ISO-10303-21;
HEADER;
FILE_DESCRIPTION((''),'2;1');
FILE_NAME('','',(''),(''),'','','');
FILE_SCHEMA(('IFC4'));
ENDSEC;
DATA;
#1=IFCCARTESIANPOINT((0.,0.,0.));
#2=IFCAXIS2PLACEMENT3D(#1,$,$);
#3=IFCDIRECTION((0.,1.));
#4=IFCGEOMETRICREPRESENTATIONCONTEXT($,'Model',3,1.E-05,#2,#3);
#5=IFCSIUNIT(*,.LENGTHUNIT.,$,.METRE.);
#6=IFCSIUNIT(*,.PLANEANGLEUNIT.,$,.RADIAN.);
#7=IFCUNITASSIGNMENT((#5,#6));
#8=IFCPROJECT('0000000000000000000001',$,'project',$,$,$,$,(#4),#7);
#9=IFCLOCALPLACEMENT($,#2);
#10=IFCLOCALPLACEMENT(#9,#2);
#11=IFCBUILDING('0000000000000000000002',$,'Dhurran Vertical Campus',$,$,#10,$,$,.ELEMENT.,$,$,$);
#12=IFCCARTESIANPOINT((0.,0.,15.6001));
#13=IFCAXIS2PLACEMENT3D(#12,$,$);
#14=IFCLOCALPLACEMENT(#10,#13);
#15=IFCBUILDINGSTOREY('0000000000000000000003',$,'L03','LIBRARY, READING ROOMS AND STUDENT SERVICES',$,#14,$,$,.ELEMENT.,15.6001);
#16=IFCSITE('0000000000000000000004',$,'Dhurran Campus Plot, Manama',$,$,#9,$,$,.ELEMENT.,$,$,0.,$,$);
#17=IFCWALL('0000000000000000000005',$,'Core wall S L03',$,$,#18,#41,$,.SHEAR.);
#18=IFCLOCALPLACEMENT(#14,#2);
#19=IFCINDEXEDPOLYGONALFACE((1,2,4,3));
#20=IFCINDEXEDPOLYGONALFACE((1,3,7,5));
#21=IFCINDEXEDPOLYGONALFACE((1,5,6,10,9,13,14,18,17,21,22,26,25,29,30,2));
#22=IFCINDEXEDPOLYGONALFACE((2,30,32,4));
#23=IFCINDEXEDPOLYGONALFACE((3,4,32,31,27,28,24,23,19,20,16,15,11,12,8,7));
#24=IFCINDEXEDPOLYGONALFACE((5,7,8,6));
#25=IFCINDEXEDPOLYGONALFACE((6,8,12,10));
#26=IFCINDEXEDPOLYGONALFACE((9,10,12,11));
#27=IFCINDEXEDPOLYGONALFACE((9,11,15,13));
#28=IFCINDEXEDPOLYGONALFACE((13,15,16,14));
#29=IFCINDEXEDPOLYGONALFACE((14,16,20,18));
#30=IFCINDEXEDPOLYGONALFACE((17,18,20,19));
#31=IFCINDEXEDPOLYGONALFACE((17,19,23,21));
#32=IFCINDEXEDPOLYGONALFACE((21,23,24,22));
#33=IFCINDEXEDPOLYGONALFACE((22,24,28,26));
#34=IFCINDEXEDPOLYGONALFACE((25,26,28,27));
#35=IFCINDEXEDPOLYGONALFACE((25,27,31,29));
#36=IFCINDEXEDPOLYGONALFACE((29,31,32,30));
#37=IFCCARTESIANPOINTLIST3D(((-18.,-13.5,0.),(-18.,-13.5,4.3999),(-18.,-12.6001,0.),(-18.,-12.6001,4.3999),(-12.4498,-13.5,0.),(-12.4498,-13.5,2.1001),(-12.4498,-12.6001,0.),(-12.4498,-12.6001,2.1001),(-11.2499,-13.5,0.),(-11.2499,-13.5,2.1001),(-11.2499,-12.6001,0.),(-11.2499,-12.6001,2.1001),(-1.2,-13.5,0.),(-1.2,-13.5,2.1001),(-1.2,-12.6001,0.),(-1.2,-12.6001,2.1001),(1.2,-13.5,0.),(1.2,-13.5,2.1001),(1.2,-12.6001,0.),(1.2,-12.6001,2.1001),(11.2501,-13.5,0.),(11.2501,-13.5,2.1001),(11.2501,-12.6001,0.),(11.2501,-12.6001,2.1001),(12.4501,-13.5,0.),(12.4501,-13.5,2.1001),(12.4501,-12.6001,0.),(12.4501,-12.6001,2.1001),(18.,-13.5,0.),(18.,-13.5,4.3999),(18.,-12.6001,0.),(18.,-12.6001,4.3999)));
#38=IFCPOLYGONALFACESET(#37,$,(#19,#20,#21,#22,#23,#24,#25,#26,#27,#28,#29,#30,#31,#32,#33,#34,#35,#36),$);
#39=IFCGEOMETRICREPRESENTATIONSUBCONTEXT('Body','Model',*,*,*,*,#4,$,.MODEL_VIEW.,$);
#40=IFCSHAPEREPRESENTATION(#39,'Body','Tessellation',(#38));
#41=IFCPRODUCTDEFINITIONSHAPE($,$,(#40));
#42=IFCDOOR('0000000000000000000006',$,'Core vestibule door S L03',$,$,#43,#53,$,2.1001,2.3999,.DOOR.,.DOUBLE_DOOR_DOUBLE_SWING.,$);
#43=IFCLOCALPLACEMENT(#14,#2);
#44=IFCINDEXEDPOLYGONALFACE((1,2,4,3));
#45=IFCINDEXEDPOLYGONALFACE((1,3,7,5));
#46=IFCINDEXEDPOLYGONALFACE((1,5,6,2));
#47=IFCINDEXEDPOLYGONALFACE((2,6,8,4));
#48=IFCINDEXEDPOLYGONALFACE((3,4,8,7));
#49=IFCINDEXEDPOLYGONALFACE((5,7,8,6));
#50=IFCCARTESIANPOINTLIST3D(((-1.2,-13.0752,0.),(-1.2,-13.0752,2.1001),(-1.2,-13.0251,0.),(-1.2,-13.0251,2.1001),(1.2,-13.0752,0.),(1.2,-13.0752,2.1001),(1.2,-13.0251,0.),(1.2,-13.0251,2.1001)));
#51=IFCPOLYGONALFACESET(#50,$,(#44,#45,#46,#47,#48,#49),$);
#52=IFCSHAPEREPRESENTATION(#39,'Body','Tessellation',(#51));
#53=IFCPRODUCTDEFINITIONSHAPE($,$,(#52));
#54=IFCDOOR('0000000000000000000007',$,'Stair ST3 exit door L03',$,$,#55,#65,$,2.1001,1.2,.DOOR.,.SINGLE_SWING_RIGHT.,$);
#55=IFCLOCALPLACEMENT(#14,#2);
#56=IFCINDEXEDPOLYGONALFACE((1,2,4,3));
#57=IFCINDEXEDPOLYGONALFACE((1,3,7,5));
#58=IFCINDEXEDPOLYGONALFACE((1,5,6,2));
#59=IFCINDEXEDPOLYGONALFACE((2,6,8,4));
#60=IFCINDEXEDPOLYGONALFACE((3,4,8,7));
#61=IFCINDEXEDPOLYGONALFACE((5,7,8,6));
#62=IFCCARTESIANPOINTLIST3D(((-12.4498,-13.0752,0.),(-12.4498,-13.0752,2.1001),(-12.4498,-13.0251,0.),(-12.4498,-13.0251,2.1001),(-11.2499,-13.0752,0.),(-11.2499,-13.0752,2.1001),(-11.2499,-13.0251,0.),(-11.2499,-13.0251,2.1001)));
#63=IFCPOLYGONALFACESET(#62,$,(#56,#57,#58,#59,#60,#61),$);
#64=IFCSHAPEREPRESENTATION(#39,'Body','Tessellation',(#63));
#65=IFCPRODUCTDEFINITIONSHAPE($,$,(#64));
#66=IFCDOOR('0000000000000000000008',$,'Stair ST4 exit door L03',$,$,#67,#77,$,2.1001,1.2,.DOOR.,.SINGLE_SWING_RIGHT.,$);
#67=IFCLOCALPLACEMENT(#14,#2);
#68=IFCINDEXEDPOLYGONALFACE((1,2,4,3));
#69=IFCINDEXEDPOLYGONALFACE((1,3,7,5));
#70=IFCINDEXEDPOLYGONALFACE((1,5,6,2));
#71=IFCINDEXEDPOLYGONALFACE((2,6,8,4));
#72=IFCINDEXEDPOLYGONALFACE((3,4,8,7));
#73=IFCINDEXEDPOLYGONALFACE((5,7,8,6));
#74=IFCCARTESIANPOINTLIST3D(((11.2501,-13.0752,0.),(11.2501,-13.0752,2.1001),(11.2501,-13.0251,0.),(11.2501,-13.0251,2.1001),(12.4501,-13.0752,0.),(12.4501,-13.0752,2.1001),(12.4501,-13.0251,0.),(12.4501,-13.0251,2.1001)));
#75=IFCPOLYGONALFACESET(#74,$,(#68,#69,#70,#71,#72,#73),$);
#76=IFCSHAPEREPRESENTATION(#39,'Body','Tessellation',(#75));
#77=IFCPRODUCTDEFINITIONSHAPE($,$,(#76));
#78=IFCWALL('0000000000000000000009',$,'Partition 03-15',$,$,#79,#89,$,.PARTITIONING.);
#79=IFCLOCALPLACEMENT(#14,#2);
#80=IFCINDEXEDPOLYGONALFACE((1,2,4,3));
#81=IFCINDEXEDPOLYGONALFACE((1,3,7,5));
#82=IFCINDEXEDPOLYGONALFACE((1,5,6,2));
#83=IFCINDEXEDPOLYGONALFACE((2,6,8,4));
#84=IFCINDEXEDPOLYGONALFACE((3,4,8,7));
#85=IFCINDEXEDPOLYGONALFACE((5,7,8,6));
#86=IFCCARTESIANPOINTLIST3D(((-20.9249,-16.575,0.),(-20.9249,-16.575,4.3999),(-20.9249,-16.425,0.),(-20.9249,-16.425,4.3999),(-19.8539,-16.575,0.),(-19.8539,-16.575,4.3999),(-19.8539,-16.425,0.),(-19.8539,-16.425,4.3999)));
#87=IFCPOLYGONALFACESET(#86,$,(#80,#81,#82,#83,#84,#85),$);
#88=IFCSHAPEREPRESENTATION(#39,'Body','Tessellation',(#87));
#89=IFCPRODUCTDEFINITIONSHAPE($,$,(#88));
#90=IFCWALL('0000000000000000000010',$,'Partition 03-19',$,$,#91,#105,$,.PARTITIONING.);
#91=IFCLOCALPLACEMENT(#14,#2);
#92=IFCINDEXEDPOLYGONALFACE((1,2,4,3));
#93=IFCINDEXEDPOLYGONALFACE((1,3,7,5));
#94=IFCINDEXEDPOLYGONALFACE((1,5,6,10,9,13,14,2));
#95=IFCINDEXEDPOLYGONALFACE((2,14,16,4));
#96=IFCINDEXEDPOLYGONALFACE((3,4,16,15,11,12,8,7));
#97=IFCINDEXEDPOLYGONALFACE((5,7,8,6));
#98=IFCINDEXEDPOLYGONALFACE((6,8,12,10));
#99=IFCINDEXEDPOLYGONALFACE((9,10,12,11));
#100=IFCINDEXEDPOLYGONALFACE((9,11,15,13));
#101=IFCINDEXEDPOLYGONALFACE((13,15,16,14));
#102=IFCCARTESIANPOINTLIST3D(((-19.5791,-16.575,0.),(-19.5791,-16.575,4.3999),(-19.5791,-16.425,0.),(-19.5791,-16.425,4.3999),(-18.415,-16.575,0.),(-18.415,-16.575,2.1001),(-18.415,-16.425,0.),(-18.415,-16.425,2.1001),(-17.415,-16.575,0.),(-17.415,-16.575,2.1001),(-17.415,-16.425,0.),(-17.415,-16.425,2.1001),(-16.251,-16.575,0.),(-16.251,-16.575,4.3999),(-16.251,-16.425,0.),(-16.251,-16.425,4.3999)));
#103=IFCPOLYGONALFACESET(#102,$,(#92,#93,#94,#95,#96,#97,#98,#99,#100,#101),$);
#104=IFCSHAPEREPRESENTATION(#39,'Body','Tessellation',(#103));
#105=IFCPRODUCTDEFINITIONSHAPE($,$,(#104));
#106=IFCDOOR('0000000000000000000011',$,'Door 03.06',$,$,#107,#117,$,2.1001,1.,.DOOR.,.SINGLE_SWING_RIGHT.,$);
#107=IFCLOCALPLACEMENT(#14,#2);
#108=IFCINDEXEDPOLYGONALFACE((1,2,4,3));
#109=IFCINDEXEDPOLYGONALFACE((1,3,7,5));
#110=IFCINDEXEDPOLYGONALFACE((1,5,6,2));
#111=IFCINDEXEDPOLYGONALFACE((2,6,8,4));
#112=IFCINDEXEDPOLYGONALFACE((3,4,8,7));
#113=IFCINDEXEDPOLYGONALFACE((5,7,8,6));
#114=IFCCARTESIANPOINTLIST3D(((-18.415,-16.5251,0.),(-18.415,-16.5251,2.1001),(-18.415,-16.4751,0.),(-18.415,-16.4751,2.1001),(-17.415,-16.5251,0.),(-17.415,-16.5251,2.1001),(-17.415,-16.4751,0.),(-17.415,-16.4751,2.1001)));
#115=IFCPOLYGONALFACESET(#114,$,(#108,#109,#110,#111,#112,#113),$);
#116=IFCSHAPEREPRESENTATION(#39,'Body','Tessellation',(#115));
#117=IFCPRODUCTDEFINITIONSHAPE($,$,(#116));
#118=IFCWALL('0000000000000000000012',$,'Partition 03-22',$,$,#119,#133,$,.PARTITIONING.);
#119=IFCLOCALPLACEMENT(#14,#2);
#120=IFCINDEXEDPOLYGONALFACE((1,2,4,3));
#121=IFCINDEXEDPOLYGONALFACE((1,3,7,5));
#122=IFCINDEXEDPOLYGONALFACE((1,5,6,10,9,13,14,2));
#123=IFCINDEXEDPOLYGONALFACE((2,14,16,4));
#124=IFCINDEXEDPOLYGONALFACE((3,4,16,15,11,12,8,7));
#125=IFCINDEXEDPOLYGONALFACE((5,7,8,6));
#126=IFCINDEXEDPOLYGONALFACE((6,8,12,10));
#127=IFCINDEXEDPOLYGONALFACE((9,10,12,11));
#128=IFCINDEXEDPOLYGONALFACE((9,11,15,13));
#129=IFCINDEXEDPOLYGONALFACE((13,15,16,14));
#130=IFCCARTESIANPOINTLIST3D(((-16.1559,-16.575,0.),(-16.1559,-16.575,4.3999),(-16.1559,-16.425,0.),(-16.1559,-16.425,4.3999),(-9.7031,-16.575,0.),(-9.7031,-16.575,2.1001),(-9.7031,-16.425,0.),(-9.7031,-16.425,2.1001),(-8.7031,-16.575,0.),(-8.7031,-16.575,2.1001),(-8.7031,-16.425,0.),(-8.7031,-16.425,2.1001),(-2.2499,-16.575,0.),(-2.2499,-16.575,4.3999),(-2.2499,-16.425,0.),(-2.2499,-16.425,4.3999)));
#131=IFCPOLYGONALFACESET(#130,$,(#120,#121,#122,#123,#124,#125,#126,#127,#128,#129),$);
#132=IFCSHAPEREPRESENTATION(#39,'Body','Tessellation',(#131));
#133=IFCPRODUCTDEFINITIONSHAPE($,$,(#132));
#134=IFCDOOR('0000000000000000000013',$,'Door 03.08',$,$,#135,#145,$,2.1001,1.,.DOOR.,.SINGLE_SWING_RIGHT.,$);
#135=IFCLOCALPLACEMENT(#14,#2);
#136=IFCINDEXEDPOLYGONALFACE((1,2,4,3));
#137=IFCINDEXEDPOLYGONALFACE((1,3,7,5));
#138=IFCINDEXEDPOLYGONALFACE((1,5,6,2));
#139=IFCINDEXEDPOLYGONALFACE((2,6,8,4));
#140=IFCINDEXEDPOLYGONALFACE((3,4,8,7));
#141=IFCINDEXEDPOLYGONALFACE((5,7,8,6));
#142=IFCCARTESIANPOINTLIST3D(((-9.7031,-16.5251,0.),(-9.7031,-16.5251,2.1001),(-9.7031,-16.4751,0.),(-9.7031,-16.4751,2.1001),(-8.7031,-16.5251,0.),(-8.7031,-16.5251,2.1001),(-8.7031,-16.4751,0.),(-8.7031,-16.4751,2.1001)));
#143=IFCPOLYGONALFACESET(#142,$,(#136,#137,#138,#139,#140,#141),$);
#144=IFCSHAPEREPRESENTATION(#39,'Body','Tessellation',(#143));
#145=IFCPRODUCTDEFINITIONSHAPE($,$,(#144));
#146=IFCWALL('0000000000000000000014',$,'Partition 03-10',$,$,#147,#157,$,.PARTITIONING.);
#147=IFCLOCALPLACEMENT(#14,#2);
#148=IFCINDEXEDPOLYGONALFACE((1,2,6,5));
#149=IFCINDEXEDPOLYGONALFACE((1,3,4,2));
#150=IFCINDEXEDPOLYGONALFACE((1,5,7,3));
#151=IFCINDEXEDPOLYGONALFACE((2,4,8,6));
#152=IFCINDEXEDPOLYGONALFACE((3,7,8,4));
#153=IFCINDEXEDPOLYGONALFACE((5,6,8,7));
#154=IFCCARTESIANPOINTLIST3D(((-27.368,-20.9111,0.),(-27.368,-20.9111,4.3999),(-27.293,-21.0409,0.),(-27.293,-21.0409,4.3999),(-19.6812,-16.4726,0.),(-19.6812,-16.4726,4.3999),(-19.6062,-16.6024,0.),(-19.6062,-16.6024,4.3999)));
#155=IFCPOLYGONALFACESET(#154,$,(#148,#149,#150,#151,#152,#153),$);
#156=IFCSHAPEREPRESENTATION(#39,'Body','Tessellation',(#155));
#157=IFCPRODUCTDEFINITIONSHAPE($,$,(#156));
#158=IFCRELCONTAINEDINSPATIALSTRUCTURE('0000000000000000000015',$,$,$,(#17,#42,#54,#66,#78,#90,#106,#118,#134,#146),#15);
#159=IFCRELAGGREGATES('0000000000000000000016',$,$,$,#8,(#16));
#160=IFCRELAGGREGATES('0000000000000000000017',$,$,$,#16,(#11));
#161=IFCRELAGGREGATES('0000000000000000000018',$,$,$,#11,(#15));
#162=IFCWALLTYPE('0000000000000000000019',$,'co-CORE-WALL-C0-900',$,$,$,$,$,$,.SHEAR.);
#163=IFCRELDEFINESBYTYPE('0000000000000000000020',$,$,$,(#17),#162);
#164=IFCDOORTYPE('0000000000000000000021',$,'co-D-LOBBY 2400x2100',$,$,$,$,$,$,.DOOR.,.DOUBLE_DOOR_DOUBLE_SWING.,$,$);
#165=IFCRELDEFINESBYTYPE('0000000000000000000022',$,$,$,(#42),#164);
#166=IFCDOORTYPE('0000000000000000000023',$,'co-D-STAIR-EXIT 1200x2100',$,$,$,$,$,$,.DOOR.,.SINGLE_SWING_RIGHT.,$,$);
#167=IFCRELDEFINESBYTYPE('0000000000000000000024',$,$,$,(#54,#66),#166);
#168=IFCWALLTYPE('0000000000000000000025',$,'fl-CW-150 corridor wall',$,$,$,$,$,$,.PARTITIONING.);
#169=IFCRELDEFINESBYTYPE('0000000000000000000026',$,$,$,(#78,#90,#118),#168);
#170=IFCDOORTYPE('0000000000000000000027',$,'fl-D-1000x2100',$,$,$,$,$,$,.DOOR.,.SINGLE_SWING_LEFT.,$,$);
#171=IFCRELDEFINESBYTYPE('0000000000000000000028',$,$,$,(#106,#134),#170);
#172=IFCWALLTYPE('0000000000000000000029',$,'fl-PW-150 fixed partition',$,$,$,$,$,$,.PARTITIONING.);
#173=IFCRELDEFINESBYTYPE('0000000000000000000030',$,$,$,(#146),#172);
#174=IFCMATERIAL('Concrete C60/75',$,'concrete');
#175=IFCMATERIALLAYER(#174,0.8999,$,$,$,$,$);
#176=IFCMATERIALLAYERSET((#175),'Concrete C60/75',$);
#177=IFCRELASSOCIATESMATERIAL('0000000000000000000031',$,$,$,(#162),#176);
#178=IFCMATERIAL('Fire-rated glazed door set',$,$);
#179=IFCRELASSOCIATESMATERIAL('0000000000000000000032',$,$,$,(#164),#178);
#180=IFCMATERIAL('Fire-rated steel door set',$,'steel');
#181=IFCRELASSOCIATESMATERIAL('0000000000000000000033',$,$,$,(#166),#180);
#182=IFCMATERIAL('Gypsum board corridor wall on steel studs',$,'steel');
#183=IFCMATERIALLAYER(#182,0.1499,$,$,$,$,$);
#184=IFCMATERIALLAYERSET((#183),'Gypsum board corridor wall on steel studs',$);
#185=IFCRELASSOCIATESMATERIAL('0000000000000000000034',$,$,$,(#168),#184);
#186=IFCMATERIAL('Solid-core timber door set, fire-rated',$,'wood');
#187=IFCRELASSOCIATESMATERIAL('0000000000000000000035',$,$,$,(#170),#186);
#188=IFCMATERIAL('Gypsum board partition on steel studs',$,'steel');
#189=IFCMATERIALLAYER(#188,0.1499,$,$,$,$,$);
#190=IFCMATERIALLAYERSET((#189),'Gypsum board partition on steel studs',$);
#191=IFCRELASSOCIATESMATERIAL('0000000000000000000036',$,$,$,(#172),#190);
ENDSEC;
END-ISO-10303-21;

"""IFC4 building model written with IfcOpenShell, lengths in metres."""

from ifc_helpers import new_model, si_unit, direction, frame, frame_2d, origin, place, context, subcontext, project, spatial, rectangle, extrude, material, layer, layer_set, type_object, element, fill, save


model = new_model("IFC4")

# Units and contexts
model_context = context("Model", 3, precision=1e-05, world=origin(), true_north=direction((0.0, 1.0)))
body_context = subcontext(model_context, "Body", "Model", "MODEL_VIEW")
ifc_project = project(units=[si_unit("LENGTHUNIT", "METRE"), si_unit("PLANEANGLEUNIT", "RADIAN")], contexts=[model_context])

# Site, building, storey
site_placement = place(None, origin())
site = spatial("IfcSite", under=ifc_project, at=site_placement, Name="Dhurran Campus Plot, Manama", CompositionType="ELEMENT", RefElevation=0.0)
building_placement = place(site_placement, origin())
building = spatial("IfcBuilding", under=site, at=building_placement, Name="Dhurran Vertical Campus", CompositionType="ELEMENT")
storey_placement = place(building_placement, frame((0.0, 0.0, 15.6001)))
storey = spatial("IfcBuildingStorey", under=building, at=storey_placement, Name="L03", Description="LIBRARY, READING ROOMS AND STUDENT SERVICES", CompositionType="ELEMENT", Elevation=15.6001)

# Wall, openings, doors
ifc_material_1 = material(Name="Concrete C60/75", Category="concrete")
ifc_layer_1 = layer(ifc_material_1, 0.8999)
ifc_layer_set_1 = layer_set([ifc_layer_1], Name="Concrete C60/75")
wall_type_1 = type_object("IfcWallType", Name="co-CORE-WALL-C0-900", PredefinedType="SHEAR", material=ifc_layer_set_1)
wall_1_placement = place(storey_placement, frame((-18.0, -13.05, 0.0), z_axis=(0.0, 0.0, 1.0), x_axis=(1.0, 0.0, 0.0)))
wall_1 = element("IfcWall", 1, at=wall_1_placement, inside=storey, type_object=wall_type_1, Name="Core wall S L03", PredefinedType="SHEAR", context=body_context, shape_type="SweptSolid", body=[
    extrude(rectangle(XDim=36.0, YDim=0.8999, at=frame_2d((18.0, 0.0))), origin(), (0.0, 0.0, 1.0), 4.3999),
])
opening_1_placement = place(wall_1_placement, frame((16.8, 0.0, 0.0)))
opening_1 = element("IfcOpeningElement", 2, at=opening_1_placement, cuts=wall_1, PredefinedType="OPENING", context=body_context, shape_type="SweptSolid", body=[
    extrude(rectangle(XDim=2.3999, YDim=2.1001, at=frame_2d((1.2, 1.05))), frame((0.0, 0.46, 0.0), z_axis=(0.0, -1.0, 0.0), x_axis=(1.0, 0.0, 0.0)), (0.0, 0.0, 1.0), 0.9199),
])
opening_2_placement = place(wall_1_placement, frame((5.55, 0.0, 0.0)))
opening_2 = element("IfcOpeningElement", 3, at=opening_2_placement, cuts=wall_1, PredefinedType="OPENING", context=body_context, shape_type="SweptSolid", body=[
    extrude(rectangle(XDim=1.2, YDim=2.1001, at=frame_2d((0.6001, 1.05))), frame((0.0, 0.46, 0.0), z_axis=(0.0, -1.0, 0.0), x_axis=(1.0, 0.0, 0.0)), (0.0, 0.0, 1.0), 0.9199),
])
opening_3_placement = place(wall_1_placement, frame((29.25, 0.0, 0.0)))
opening_3 = element("IfcOpeningElement", 4, at=opening_3_placement, cuts=wall_1, PredefinedType="OPENING", context=body_context, shape_type="SweptSolid", body=[
    extrude(rectangle(XDim=1.2, YDim=2.1001, at=frame_2d((0.6001, 1.05))), frame((0.0, 0.46, 0.0), z_axis=(0.0, -1.0, 0.0), x_axis=(1.0, 0.0, 0.0)), (0.0, 0.0, 1.0), 0.9199),
])
ifc_material_2 = material(Name="Fire-rated glazed door set")
door_type_1 = type_object("IfcDoorType", Name="co-D-LOBBY 2400x2100", OperationType="DOUBLE_DOOR_DOUBLE_SWING", PredefinedType="DOOR", material=ifc_material_2)
door_1_placement = place(opening_1_placement, origin())
door_1 = element("IfcDoor", 5, at=door_1_placement, inside=storey, type_object=door_type_1, Name="Core vestibule door S L03", OperationType="DOUBLE_DOOR_DOUBLE_SWING", OverallHeight=2.1001, OverallWidth=2.3999, PredefinedType="DOOR", context=body_context, shape_type="SweptSolid", body=[
    extrude(rectangle(XDim=2.3999, YDim=2.1001, at=frame_2d((1.2, 1.05))), frame((0.0, 0.0249, 0.0), z_axis=(0.0, -1.0, 0.0), x_axis=(1.0, 0.0, 0.0)), (0.0, 0.0, 1.0), 0.05),
])
fill(opening_1, door_1)
ifc_material_3 = material(Name="Fire-rated steel door set", Category="steel")
door_type_2 = type_object("IfcDoorType", Name="co-D-STAIR-EXIT 1200x2100", OperationType="SINGLE_SWING_RIGHT", PredefinedType="DOOR", material=ifc_material_3)
door_2_placement = place(opening_2_placement, origin())
door_2 = element("IfcDoor", 6, at=door_2_placement, inside=storey, type_object=door_type_2, Name="Stair ST3 exit door L03", OperationType="SINGLE_SWING_RIGHT", OverallHeight=2.1001, OverallWidth=1.2, PredefinedType="DOOR", context=body_context, shape_type="SweptSolid", body=[
    extrude(rectangle(XDim=1.2, YDim=2.1001, at=frame_2d((0.6001, 1.05))), frame((0.0, 0.0249, 0.0), z_axis=(0.0, -1.0, 0.0), x_axis=(1.0, 0.0, 0.0)), (0.0, 0.0, 1.0), 0.05),
])
fill(opening_2, door_2)
door_3_placement = place(opening_3_placement, origin())
door_3 = element("IfcDoor", 7, at=door_3_placement, inside=storey, type_object=door_type_2, Name="Stair ST4 exit door L03", OperationType="SINGLE_SWING_RIGHT", OverallHeight=2.1001, OverallWidth=1.2, PredefinedType="DOOR", context=body_context, shape_type="SweptSolid", body=[
    extrude(rectangle(XDim=1.2, YDim=2.1001, at=frame_2d((0.6001, 1.05))), frame((0.0, 0.0249, 0.0), z_axis=(0.0, -1.0, 0.0), x_axis=(1.0, 0.0, 0.0)), (0.0, 0.0, 1.0), 0.05),
])
fill(opening_3, door_3)

# Wall
ifc_material_4 = material(Name="Gypsum board corridor wall on steel studs", Category="steel")
ifc_layer_2 = layer(ifc_material_4, 0.1499)
ifc_layer_set_2 = layer_set([ifc_layer_2], Name="Gypsum board corridor wall on steel studs")
wall_type_2 = type_object("IfcWallType", Name="fl-CW-150 corridor wall", PredefinedType="PARTITIONING", material=ifc_layer_set_2)
wall_2_placement = place(storey_placement, frame((-20.925, -16.5, 0.0), z_axis=(0.0, 0.0, 1.0), x_axis=(1.0, 0.0, 0.0)))
element("IfcWall", 8, at=wall_2_placement, inside=storey, type_object=wall_type_2, Name="Partition 03-15", PredefinedType="PARTITIONING", context=body_context, shape_type="SweptSolid", body=[
    extrude(rectangle(XDim=1.071, YDim=0.1499, at=frame_2d((0.5356, 0.0))), origin(), (0.0, 0.0, 1.0), 4.3999),
])

# Walls, openings, doors
wall_3_placement = place(storey_placement, frame((-19.5791, -16.5, 0.0), z_axis=(0.0, 0.0, 1.0), x_axis=(1.0, 0.0, 0.0)))
wall_3 = element("IfcWall", 9, at=wall_3_placement, inside=storey, type_object=wall_type_2, Name="Partition 03-19", PredefinedType="PARTITIONING", context=body_context, shape_type="SweptSolid", body=[
    extrude(rectangle(XDim=3.3281, YDim=0.1499, at=frame_2d((1.6641, 0.0))), origin(), (0.0, 0.0, 1.0), 4.3999),
])
opening_4_placement = place(wall_3_placement, frame((1.1641, 0.0, 0.0)))
opening_4 = element("IfcOpeningElement", 10, at=opening_4_placement, cuts=wall_3, PredefinedType="OPENING", context=body_context, shape_type="SweptSolid", body=[
    extrude(rectangle(XDim=1.0, YDim=2.1001, at=frame_2d((0.5, 1.05))), frame((0.0, 0.085, 0.0), z_axis=(0.0, -1.0, 0.0), x_axis=(1.0, 0.0, 0.0)), (0.0, 0.0, 1.0), 0.1699),
])
ifc_material_5 = material(Name="Solid-core timber door set, fire-rated", Category="wood")
door_type_3 = type_object("IfcDoorType", Name="fl-D-1000x2100", OperationType="SINGLE_SWING_LEFT", PredefinedType="DOOR", material=ifc_material_5)
door_4_placement = place(opening_4_placement, origin())
door_4 = element("IfcDoor", 11, at=door_4_placement, inside=storey, type_object=door_type_3, Name="Door 03.06", OperationType="SINGLE_SWING_RIGHT", OverallHeight=2.1001, OverallWidth=1.0, PredefinedType="DOOR", context=body_context, shape_type="SweptSolid", body=[
    extrude(rectangle(XDim=1.0, YDim=2.1001, at=frame_2d((0.5, 1.05))), frame((0.0, 0.0249, 0.0), z_axis=(0.0, -1.0, 0.0), x_axis=(1.0, 0.0, 0.0)), (0.0, 0.0, 1.0), 0.05),
])
fill(opening_4, door_4)
wall_4_placement = place(storey_placement, frame((-16.156, -16.5, 0.0), z_axis=(0.0, 0.0, 1.0), x_axis=(1.0, 0.0, 0.0)))
wall_4 = element("IfcWall", 12, at=wall_4_placement, inside=storey, type_object=wall_type_2, Name="Partition 03-22", PredefinedType="PARTITIONING", context=body_context, shape_type="SweptSolid", body=[
    extrude(rectangle(XDim=13.906, YDim=0.1499, at=frame_2d((6.9531, 0.0))), origin(), (0.0, 0.0, 1.0), 4.3999),
])
opening_5_placement = place(wall_4_placement, frame((6.4529, 0.0, 0.0)))
opening_5 = element("IfcOpeningElement", 13, at=opening_5_placement, cuts=wall_4, PredefinedType="OPENING", context=body_context, shape_type="SweptSolid", body=[
    extrude(rectangle(XDim=1.0, YDim=2.1001, at=frame_2d((0.5, 1.05))), frame((0.0, 0.085, 0.0), z_axis=(0.0, -1.0, 0.0), x_axis=(1.0, 0.0, 0.0)), (0.0, 0.0, 1.0), 0.1699),
])
door_5_placement = place(opening_5_placement, origin())
door_5 = element("IfcDoor", 14, at=door_5_placement, inside=storey, type_object=door_type_3, Name="Door 03.08", OperationType="SINGLE_SWING_RIGHT", OverallHeight=2.1001, OverallWidth=1.0, PredefinedType="DOOR", context=body_context, shape_type="SweptSolid", body=[
    extrude(rectangle(XDim=1.0, YDim=2.1001, at=frame_2d((0.5, 1.05))), frame((0.0, 0.0249, 0.0), z_axis=(0.0, -1.0, 0.0), x_axis=(1.0, 0.0, 0.0)), (0.0, 0.0, 1.0), 0.05),
])
fill(opening_5, door_5)

# Wall
ifc_material_6 = material(Name="Gypsum board partition on steel studs", Category="steel")
ifc_layer_3 = layer(ifc_material_6, 0.1499)
ifc_layer_set_3 = layer_set([ifc_layer_3], Name="Gypsum board partition on steel studs")
wall_type_3 = type_object("IfcWallType", Name="fl-PW-150 fixed partition", PredefinedType="PARTITIONING", material=ifc_layer_set_3)
wall_5_placement = place(storey_placement, frame((-19.6438, -16.5376, 0.0), z_axis=(0.0, 0.0, 1.0), x_axis=(-0.866, -0.500044, 0.0)))
element("IfcWall", 15, at=wall_5_placement, inside=storey, type_object=wall_type_3, Name="Partition 03-10", PredefinedType="PARTITIONING", context=body_context, shape_type="SweptSolid", body=[
    extrude(rectangle(XDim=8.8762, YDim=0.1499, at=frame_2d((4.438, 0.0))), origin(), (0.0, 0.0, 1.0), 4.3999),
])

save(model, "model.ifc")
